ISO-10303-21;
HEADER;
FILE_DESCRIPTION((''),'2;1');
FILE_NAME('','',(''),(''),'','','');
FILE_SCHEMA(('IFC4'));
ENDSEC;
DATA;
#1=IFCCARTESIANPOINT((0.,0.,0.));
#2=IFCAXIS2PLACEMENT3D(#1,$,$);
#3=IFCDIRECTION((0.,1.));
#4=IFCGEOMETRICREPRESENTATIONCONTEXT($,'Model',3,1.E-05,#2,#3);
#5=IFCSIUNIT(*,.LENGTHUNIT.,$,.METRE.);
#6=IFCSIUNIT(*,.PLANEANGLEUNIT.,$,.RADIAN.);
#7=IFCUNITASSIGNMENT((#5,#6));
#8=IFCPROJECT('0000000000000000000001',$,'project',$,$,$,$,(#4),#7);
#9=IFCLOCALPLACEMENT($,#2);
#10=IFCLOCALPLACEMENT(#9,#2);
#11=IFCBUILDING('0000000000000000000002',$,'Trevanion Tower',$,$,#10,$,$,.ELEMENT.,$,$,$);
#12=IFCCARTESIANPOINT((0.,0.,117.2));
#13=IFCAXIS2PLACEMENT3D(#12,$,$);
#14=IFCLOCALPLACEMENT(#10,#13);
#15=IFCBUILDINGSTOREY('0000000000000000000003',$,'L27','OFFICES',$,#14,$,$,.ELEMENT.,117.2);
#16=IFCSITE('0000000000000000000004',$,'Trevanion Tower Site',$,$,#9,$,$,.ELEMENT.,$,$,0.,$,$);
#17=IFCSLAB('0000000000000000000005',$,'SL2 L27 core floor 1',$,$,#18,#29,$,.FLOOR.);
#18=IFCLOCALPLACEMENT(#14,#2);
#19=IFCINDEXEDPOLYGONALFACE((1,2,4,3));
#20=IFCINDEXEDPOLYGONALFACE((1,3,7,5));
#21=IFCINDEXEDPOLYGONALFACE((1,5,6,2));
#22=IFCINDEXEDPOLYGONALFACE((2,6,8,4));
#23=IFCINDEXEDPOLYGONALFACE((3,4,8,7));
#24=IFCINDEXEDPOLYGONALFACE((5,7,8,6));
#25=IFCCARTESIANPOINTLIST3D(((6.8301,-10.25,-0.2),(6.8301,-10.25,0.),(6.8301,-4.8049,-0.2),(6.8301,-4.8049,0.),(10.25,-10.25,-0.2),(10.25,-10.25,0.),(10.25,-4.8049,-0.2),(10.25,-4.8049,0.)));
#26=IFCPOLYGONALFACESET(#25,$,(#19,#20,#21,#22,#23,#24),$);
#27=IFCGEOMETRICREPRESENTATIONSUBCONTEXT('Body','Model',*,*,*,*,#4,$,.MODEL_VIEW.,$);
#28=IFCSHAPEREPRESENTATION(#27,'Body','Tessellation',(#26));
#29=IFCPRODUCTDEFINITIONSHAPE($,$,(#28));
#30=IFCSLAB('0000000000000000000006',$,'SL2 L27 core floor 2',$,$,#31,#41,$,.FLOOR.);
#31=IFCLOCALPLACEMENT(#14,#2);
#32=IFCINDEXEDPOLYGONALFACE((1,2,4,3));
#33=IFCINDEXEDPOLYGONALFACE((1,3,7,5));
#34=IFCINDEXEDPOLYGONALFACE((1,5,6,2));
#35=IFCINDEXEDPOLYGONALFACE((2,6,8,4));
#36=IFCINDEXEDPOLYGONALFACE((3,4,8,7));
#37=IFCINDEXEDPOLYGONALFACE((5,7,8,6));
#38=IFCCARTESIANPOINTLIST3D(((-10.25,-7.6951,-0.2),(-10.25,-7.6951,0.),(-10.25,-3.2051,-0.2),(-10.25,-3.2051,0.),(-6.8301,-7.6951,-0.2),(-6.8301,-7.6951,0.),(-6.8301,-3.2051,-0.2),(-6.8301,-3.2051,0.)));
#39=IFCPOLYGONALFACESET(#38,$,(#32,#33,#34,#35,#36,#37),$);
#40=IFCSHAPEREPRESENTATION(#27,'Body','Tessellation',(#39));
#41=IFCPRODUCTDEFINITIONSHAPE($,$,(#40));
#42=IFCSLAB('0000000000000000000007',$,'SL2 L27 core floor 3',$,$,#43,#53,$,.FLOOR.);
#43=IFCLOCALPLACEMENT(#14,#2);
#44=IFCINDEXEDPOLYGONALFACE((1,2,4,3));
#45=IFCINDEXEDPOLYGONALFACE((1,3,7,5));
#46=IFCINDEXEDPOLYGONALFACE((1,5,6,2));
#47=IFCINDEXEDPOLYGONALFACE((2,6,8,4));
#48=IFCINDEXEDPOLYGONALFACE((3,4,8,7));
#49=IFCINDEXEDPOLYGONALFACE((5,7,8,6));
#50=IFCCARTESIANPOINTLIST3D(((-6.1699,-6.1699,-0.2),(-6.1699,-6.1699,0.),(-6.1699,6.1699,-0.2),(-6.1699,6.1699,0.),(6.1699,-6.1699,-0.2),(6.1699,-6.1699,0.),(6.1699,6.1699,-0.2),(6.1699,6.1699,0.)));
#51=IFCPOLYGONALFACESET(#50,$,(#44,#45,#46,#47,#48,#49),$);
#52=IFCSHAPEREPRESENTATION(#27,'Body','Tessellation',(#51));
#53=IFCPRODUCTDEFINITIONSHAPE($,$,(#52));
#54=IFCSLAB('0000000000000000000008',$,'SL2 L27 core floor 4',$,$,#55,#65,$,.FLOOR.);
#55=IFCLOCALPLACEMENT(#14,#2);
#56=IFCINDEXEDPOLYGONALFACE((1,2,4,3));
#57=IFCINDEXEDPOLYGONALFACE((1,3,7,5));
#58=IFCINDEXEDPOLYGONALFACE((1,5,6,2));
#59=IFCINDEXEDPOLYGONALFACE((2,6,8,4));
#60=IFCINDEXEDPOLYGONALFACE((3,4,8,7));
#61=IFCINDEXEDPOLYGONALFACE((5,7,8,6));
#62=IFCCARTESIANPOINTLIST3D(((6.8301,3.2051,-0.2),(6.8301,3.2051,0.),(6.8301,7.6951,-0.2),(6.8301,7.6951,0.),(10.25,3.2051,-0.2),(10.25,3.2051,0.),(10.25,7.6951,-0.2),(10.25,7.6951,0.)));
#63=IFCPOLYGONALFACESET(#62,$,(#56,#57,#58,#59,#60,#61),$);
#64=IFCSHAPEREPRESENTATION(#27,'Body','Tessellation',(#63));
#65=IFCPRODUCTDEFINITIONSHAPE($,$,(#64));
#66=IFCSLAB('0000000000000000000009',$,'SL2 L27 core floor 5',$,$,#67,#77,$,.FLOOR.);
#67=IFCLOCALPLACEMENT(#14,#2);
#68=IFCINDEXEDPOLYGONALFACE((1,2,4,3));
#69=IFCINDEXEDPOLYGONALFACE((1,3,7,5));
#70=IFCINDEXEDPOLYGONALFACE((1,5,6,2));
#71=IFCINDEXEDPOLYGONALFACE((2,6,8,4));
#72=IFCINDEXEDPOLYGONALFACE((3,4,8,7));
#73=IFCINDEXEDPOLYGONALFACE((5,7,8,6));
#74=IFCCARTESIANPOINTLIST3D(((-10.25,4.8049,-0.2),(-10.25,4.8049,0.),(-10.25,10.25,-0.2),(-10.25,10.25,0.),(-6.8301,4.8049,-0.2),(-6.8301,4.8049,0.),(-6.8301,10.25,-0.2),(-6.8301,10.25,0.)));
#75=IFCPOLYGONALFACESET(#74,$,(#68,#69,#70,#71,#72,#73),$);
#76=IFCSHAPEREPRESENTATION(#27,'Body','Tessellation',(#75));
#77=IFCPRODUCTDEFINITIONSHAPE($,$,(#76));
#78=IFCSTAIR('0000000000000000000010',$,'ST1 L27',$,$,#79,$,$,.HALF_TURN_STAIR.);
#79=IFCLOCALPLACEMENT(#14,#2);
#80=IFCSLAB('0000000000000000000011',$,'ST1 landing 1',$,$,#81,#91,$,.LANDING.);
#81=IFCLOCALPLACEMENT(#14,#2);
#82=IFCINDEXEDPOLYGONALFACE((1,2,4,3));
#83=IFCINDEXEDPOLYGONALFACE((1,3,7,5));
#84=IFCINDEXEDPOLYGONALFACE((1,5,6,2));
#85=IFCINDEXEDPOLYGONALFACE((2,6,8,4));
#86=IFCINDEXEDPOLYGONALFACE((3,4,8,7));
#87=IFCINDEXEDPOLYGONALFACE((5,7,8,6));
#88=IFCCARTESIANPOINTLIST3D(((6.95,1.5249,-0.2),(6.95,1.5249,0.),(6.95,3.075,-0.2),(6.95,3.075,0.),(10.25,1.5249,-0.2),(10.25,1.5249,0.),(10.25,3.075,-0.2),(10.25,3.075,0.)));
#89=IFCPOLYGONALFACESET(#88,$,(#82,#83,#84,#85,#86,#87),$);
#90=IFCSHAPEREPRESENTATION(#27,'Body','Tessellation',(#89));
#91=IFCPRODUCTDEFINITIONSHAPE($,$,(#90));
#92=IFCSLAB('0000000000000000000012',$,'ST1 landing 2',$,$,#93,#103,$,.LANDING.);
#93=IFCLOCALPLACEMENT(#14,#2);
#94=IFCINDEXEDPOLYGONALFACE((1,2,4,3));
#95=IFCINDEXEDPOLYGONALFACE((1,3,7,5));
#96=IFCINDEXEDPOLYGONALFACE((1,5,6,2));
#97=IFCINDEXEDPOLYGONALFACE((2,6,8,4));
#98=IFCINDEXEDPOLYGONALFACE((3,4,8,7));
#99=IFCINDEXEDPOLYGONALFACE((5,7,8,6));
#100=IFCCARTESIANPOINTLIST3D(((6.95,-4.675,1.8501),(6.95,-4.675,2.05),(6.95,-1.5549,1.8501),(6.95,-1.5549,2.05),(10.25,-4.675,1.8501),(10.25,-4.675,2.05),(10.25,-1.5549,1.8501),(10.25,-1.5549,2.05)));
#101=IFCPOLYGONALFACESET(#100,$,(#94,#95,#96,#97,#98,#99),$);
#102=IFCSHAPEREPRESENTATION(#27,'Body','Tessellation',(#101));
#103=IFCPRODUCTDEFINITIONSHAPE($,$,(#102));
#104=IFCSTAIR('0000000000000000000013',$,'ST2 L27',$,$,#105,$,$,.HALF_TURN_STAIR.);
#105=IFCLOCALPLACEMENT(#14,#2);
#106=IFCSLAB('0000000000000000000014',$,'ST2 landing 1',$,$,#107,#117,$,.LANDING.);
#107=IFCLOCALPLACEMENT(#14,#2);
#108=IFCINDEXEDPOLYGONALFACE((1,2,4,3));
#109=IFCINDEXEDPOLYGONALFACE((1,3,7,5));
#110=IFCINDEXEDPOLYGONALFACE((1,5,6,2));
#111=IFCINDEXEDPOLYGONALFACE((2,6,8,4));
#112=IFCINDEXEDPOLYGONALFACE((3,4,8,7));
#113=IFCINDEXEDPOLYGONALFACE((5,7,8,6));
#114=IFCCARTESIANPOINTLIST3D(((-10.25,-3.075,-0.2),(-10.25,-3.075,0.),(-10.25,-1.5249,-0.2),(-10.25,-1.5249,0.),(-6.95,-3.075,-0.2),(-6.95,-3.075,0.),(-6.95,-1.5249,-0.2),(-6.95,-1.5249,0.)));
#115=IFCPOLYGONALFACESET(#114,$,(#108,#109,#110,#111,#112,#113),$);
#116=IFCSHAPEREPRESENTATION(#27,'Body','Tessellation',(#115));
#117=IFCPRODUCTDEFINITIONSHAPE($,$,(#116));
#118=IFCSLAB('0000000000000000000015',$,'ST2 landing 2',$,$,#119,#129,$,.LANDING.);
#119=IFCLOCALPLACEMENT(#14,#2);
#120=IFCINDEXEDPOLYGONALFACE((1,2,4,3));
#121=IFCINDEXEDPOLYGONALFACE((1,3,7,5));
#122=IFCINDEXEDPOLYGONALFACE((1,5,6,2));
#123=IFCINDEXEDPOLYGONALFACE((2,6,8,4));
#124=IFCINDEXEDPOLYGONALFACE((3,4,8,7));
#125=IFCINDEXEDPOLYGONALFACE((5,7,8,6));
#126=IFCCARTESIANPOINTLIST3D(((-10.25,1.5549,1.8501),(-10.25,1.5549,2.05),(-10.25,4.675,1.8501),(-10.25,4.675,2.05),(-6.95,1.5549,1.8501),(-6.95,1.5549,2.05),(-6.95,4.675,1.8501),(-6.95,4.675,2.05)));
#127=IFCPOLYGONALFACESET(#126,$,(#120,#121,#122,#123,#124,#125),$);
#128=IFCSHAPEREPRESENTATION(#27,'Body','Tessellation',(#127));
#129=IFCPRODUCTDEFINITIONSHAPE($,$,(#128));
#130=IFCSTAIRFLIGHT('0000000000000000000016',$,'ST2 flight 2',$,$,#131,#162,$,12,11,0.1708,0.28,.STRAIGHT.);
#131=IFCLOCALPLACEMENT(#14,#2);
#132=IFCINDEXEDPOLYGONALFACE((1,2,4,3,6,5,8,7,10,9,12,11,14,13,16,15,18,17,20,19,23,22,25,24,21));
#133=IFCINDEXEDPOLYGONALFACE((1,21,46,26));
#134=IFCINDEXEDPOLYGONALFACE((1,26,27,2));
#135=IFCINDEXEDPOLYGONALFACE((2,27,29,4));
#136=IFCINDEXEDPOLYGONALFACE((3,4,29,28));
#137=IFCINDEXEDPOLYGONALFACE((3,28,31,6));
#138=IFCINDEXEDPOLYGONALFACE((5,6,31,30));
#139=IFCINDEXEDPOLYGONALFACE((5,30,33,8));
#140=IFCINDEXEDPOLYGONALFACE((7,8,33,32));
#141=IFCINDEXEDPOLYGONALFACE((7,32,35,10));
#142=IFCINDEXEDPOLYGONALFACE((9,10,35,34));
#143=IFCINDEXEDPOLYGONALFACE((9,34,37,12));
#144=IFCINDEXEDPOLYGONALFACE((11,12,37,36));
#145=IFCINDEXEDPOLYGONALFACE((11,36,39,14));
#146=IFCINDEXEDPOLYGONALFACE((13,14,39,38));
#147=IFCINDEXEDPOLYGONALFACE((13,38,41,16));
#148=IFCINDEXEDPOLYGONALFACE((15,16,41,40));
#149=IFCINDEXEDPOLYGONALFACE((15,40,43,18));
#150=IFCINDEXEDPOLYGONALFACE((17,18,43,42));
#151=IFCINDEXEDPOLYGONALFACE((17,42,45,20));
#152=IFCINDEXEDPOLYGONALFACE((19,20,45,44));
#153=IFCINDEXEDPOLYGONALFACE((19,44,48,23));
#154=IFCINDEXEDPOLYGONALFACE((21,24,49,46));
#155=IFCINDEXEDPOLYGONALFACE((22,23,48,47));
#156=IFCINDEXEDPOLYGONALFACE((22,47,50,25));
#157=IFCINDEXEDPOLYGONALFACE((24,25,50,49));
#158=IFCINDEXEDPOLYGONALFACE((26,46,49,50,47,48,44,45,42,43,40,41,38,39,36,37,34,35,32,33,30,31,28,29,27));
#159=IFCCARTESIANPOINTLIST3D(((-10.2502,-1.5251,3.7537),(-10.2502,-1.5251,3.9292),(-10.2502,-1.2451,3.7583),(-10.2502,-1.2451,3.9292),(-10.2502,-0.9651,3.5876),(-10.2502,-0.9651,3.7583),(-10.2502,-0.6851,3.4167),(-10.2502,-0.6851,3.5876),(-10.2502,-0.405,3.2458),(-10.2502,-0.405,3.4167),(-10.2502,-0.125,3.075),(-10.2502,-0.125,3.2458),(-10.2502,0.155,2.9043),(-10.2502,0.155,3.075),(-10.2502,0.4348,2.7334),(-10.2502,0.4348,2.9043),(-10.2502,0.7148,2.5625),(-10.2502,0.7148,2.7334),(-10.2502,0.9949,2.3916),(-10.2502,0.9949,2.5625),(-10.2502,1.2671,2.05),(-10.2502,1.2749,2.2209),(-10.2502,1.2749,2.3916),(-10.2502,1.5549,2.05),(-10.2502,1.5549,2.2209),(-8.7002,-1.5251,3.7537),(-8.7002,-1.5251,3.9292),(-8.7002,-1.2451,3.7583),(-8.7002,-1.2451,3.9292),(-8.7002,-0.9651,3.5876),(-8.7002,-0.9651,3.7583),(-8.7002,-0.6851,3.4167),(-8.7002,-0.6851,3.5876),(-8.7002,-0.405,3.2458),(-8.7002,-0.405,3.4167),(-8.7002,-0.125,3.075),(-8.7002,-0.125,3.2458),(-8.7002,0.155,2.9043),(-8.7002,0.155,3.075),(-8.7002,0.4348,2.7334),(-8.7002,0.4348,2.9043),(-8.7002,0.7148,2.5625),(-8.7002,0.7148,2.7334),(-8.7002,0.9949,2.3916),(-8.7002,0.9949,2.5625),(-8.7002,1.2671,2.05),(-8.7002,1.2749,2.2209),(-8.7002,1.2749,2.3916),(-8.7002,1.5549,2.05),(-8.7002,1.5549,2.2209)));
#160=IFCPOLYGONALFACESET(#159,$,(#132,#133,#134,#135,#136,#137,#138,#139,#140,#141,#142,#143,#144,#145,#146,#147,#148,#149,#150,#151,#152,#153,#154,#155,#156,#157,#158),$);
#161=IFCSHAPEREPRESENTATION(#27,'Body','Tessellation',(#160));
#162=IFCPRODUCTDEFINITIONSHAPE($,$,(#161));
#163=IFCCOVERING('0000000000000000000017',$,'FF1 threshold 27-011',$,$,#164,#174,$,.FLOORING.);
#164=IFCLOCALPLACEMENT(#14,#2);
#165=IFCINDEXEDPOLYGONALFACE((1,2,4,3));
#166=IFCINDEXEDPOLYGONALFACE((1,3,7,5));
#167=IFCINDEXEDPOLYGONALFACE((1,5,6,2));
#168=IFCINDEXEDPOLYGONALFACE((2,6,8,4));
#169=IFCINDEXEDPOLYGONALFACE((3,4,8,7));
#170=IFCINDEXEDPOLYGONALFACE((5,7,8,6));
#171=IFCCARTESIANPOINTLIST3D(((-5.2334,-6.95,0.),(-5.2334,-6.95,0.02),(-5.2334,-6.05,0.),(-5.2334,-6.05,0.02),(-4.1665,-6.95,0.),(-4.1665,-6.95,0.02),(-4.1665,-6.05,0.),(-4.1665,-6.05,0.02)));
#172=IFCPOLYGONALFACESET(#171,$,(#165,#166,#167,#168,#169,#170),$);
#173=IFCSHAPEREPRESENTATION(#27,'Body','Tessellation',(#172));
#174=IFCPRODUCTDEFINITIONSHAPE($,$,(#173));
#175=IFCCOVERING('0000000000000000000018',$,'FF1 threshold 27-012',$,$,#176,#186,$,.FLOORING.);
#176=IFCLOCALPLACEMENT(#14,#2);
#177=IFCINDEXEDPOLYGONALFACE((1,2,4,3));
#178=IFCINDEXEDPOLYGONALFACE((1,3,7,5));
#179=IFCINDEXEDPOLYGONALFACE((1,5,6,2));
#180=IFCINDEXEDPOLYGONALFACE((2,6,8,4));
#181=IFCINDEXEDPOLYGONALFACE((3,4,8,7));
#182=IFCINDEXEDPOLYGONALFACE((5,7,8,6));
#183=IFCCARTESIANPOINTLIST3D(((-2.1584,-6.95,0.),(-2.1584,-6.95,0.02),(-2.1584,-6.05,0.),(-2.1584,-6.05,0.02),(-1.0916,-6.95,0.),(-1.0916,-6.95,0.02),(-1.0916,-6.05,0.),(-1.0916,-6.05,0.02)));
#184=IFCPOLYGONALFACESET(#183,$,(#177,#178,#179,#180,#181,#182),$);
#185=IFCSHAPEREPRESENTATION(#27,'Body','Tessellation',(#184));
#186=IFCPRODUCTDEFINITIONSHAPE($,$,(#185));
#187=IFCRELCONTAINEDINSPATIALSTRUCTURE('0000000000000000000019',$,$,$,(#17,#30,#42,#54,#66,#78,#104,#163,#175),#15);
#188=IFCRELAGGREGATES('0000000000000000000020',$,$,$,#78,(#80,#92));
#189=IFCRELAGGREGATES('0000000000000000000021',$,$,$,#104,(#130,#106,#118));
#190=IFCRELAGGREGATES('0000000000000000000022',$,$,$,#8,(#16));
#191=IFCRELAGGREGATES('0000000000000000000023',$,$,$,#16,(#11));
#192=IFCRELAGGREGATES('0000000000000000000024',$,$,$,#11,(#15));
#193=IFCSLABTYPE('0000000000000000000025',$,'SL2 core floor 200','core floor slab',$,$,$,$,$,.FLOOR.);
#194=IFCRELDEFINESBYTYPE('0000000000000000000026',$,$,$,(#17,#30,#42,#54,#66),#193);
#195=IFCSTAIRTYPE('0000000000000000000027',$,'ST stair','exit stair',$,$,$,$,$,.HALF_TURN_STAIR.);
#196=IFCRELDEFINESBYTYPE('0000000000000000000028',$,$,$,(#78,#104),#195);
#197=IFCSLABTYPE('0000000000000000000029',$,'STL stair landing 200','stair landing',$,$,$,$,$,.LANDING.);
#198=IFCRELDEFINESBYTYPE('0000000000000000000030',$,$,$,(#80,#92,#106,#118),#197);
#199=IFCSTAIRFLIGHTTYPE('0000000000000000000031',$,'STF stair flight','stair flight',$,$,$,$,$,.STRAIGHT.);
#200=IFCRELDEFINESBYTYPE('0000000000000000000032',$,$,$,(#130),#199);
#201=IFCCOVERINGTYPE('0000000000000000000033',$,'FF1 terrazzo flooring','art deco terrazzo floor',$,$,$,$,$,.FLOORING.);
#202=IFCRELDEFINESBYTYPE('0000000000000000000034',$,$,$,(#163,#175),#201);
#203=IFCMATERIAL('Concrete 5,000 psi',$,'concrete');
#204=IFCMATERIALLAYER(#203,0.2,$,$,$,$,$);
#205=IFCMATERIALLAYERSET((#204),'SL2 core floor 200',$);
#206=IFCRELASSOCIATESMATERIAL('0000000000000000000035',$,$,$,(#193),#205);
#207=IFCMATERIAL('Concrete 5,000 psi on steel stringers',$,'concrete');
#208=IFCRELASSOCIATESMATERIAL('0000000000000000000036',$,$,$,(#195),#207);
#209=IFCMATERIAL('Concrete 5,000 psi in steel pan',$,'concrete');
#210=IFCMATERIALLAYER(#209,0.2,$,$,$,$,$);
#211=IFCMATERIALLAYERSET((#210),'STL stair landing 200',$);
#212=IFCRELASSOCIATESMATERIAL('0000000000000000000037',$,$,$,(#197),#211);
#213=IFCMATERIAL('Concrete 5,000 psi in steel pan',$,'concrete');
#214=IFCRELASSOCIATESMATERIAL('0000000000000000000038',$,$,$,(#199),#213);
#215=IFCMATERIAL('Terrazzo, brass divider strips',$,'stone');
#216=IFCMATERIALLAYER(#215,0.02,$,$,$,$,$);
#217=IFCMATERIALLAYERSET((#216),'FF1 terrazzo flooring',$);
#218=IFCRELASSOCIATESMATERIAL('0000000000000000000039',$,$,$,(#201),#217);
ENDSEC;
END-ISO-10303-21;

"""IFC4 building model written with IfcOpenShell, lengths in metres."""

from ifc_helpers import new_model, si_unit, direction, frame, origin, place, context, subcontext, project, spatial, polyline, outline, extrude, material, layer, layer_set, type_object, element, aggregate, save


model = new_model("IFC4")

# Units and contexts
model_context = context("Model", 3, precision=1e-05, world=origin(), true_north=direction((0.0, 1.0)))
body_context = subcontext(model_context, "Body", "Model", "MODEL_VIEW")
ifc_project = project(units=[si_unit("LENGTHUNIT", "METRE"), si_unit("PLANEANGLEUNIT", "RADIAN")], contexts=[model_context])

# Site, building, storey
site_placement = place(None, origin())
site = spatial("IfcSite", under=ifc_project, at=site_placement, Name="Trevanion Tower Site", CompositionType="ELEMENT", RefElevation=0.0)
building_placement = place(site_placement, origin())
building = spatial("IfcBuilding", under=site, at=building_placement, Name="Trevanion Tower", CompositionType="ELEMENT")
storey_placement = place(building_placement, frame((0.0, 0.0, 117.2)))
storey = spatial("IfcBuildingStorey", under=building, at=storey_placement, Name="L27", Description="OFFICES", CompositionType="ELEMENT", Elevation=117.2)

# Slabs
ifc_material_1 = material(Name="Concrete 5,000 psi", Category="concrete")
ifc_layer_1 = layer(ifc_material_1, 0.2)
ifc_layer_set_1 = layer_set([ifc_layer_1], Name="SL2 core floor 200")
slab_type_1 = type_object("IfcSlabType", Name="SL2 core floor 200", Description="core floor slab", PredefinedType="FLOOR", material=ifc_layer_set_1)
slab_1_placement = place(storey_placement, frame((0.0, 0.0, -0.2)))
element("IfcSlab", 1, at=slab_1_placement, inside=storey, type_object=slab_type_1, Name="SL2 L27 core floor 1", PredefinedType="FLOOR", context=body_context, shape_type="SweptSolid", body=[
    extrude(outline(polyline([(10.25, -4.8049), (10.25, -10.25), (6.8301, -10.25), (6.8301, -4.8049), (10.25, -4.8049)])), origin(), (0.0, 0.0, 1.0), 0.2),
])
slab_2_placement = place(storey_placement, frame((0.0, 0.0, -0.2)))
element("IfcSlab", 2, at=slab_2_placement, inside=storey, type_object=slab_type_1, Name="SL2 L27 core floor 2", PredefinedType="FLOOR", context=body_context, shape_type="SweptSolid", body=[
    extrude(outline(polyline([(-6.8301, -3.2051), (-6.8301, -7.6951), (-10.25, -7.6951), (-10.25, -3.2051), (-6.8301, -3.2051)])), origin(), (0.0, 0.0, 1.0), 0.2),
])
slab_3_placement = place(storey_placement, frame((0.0, 0.0, -0.2)))
element("IfcSlab", 3, at=slab_3_placement, inside=storey, type_object=slab_type_1, Name="SL2 L27 core floor 3", PredefinedType="FLOOR", context=body_context, shape_type="SweptSolid", body=[
    extrude(outline(polyline([(6.1699, -6.1699), (-6.1699, -6.1699), (-6.1699, 6.1699), (6.1699, 6.1699), (6.1699, -6.1699)])), origin(), (0.0, 0.0, 1.0), 0.2),
])
slab_4_placement = place(storey_placement, frame((0.0, 0.0, -0.2)))
element("IfcSlab", 4, at=slab_4_placement, inside=storey, type_object=slab_type_1, Name="SL2 L27 core floor 4", PredefinedType="FLOOR", context=body_context, shape_type="SweptSolid", body=[
    extrude(outline(polyline([(6.8301, 3.2051), (6.8301, 7.6951), (10.25, 7.6951), (10.25, 3.2051), (6.8301, 3.2051)])), origin(), (0.0, 0.0, 1.0), 0.2),
])
slab_5_placement = place(storey_placement, frame((0.0, 0.0, -0.2)))
element("IfcSlab", 5, at=slab_5_placement, inside=storey, type_object=slab_type_1, Name="SL2 L27 core floor 5", PredefinedType="FLOOR", context=body_context, shape_type="SweptSolid", body=[
    extrude(outline(polyline([(-6.8301, 4.8049), (-10.25, 4.8049), (-10.25, 10.25), (-6.8301, 10.25), (-6.8301, 4.8049)])), origin(), (0.0, 0.0, 1.0), 0.2),
])

# Stair, slabs
ifc_material_2 = material(Name="Concrete 5,000 psi on steel stringers", Category="concrete")
stair_type = type_object("IfcStairType", Name="ST stair", Description="exit stair", PredefinedType="HALF_TURN_STAIR", material=ifc_material_2)
stair_1_placement = place(storey_placement, origin())
stair_1 = element("IfcStair", 6, at=stair_1_placement, inside=storey, type_object=stair_type, Name="ST1 L27", PredefinedType="HALF_TURN_STAIR")
ifc_material_3 = material(Name="Concrete 5,000 psi in steel pan", Category="concrete")
ifc_layer_2 = layer(ifc_material_3, 0.2)
ifc_layer_set_2 = layer_set([ifc_layer_2], Name="STL stair landing 200")
slab_type_2 = type_object("IfcSlabType", Name="STL stair landing 200", Description="stair landing", PredefinedType="LANDING", material=ifc_layer_set_2)
slab_6_placement = place(storey_placement, frame((0.0, 0.0, -0.2)))
slab_6 = element("IfcSlab", 7, at=slab_6_placement, type_object=slab_type_2, Name="ST1 landing 1", PredefinedType="LANDING", context=body_context, shape_type="SweptSolid", body=[
    extrude(outline(polyline([(6.95, 1.5249), (10.25, 1.5249), (10.25, 3.075), (6.95, 3.075), (6.95, 1.5249)])), origin(), (0.0, 0.0, 1.0), 0.2),
])
slab_7_placement = place(storey_placement, frame((0.0, 0.0, 1.8501)))
slab_7 = element("IfcSlab", 8, at=slab_7_placement, type_object=slab_type_2, Name="ST1 landing 2", PredefinedType="LANDING", context=body_context, shape_type="SweptSolid", body=[
    extrude(outline(polyline([(6.95, -4.675), (10.25, -4.675), (10.25, -1.5549), (6.95, -1.5549), (6.95, -4.675)])), origin(), (0.0, 0.0, 1.0), 0.2),
])
aggregate(stair_1, [slab_6, slab_7])

# Stair, slabs, stair flight
stair_2_placement = place(storey_placement, origin())
stair_2 = element("IfcStair", 9, at=stair_2_placement, inside=storey, type_object=stair_type, Name="ST2 L27", PredefinedType="HALF_TURN_STAIR")
slab_8_placement = place(storey_placement, frame((0.0, 0.0, -0.2)))
slab_8 = element("IfcSlab", 10, at=slab_8_placement, type_object=slab_type_2, Name="ST2 landing 1", PredefinedType="LANDING", context=body_context, shape_type="SweptSolid", body=[
    extrude(outline(polyline([(-6.95, -1.5249), (-10.25, -1.5249), (-10.25, -3.075), (-6.95, -3.075), (-6.95, -1.5249)])), origin(), (0.0, 0.0, 1.0), 0.2),
])
slab_9_placement = place(storey_placement, frame((0.0, 0.0, 1.8501)))
slab_9 = element("IfcSlab", 11, at=slab_9_placement, type_object=slab_type_2, Name="ST2 landing 2", PredefinedType="LANDING", context=body_context, shape_type="SweptSolid", body=[
    extrude(outline(polyline([(-6.95, 4.675), (-10.25, 4.675), (-10.25, 1.5549), (-6.95, 1.5549), (-6.95, 4.675)])), origin(), (0.0, 0.0, 1.0), 0.2),
])
ifc_material_4 = material(Name="Concrete 5,000 psi in steel pan", Category="concrete")
stair_flight_type = type_object("IfcStairFlightType", Name="STF stair flight", Description="stair flight", PredefinedType="STRAIGHT", material=ifc_material_4)
stair_flight_placement = place(storey_placement, frame((-9.4751, 1.5549, 2.05), z_axis=(0.0, 0.0, 1.0), x_axis=(0.0, -1.0, 0.0)))
stair_flight = element("IfcStairFlight", 12, at=stair_flight_placement, type_object=stair_flight_type, Name="ST2 flight 2", NumberOfRisers=12, NumberOfTreads=11, PredefinedType="STRAIGHT", RiserHeight=0.1708, TreadLength=0.28, context=body_context, shape_type="SweptSolid", body=[
    extrude(outline(polyline([(0.0, 0.0), (0.0, 0.1709), (0.28, 0.1709), (0.28, 0.3416), (0.5601, 0.3416), (0.5601, 0.5125), (0.8401, 0.5125), (0.8401, 0.6833), (1.1201, 0.6833), (1.1201, 0.8542), (1.3999, 0.8542), (1.3999, 1.0249), (1.6799, 1.0249), (1.6799, 1.1958), (1.96, 1.1958), (1.96, 1.3667), (2.24, 1.3667), (2.24, 1.5376), (2.52, 1.5376), (2.52, 1.7083), (2.8, 1.7083), (2.8, 1.8792), (3.0801, 1.8792), (3.0801, 2.05), (3.0801, 1.7036), (0.2878, 0.0), (0.0, 0.0)])), frame((0.0, 0.7749, 0.0), z_axis=(0.0, -1.0, 0.0), x_axis=(1.0, 0.0, 0.0)), (0.0, 0.0, 1.0), 1.55),
])
aggregate(stair_2, [stair_flight, slab_8, slab_9])

# Coverings
ifc_material_5 = material(Name="Terrazzo, brass divider strips", Category="stone")
ifc_layer_3 = layer(ifc_material_5, 0.02)
ifc_layer_set_3 = layer_set([ifc_layer_3], Name="FF1 terrazzo flooring")
covering_type = type_object("IfcCoveringType", Name="FF1 terrazzo flooring", Description="art deco terrazzo floor", PredefinedType="FLOORING", material=ifc_layer_set_3)
covering_1_placement = place(storey_placement, origin())
element("IfcCovering", 13, at=covering_1_placement, inside=storey, type_object=covering_type, Name="FF1 threshold 27-011", PredefinedType="FLOORING", context=body_context, shape_type="SweptSolid", body=[
    extrude(outline(polyline([(-5.2334, -6.95), (-4.1665, -6.95), (-4.1665, -6.05), (-5.2334, -6.05), (-5.2334, -6.95)])), origin(), (0.0, 0.0, 1.0), 0.02),
])
covering_2_placement = place(storey_placement, origin())
element("IfcCovering", 14, at=covering_2_placement, inside=storey, type_object=covering_type, Name="FF1 threshold 27-012", PredefinedType="FLOORING", context=body_context, shape_type="SweptSolid", body=[
    extrude(outline(polyline([(-2.1584, -6.95), (-1.0916, -6.95), (-1.0916, -6.05), (-2.1584, -6.05), (-2.1584, -6.95)])), origin(), (0.0, 0.0, 1.0), 0.02),
])

save(model, "model.ifc")
